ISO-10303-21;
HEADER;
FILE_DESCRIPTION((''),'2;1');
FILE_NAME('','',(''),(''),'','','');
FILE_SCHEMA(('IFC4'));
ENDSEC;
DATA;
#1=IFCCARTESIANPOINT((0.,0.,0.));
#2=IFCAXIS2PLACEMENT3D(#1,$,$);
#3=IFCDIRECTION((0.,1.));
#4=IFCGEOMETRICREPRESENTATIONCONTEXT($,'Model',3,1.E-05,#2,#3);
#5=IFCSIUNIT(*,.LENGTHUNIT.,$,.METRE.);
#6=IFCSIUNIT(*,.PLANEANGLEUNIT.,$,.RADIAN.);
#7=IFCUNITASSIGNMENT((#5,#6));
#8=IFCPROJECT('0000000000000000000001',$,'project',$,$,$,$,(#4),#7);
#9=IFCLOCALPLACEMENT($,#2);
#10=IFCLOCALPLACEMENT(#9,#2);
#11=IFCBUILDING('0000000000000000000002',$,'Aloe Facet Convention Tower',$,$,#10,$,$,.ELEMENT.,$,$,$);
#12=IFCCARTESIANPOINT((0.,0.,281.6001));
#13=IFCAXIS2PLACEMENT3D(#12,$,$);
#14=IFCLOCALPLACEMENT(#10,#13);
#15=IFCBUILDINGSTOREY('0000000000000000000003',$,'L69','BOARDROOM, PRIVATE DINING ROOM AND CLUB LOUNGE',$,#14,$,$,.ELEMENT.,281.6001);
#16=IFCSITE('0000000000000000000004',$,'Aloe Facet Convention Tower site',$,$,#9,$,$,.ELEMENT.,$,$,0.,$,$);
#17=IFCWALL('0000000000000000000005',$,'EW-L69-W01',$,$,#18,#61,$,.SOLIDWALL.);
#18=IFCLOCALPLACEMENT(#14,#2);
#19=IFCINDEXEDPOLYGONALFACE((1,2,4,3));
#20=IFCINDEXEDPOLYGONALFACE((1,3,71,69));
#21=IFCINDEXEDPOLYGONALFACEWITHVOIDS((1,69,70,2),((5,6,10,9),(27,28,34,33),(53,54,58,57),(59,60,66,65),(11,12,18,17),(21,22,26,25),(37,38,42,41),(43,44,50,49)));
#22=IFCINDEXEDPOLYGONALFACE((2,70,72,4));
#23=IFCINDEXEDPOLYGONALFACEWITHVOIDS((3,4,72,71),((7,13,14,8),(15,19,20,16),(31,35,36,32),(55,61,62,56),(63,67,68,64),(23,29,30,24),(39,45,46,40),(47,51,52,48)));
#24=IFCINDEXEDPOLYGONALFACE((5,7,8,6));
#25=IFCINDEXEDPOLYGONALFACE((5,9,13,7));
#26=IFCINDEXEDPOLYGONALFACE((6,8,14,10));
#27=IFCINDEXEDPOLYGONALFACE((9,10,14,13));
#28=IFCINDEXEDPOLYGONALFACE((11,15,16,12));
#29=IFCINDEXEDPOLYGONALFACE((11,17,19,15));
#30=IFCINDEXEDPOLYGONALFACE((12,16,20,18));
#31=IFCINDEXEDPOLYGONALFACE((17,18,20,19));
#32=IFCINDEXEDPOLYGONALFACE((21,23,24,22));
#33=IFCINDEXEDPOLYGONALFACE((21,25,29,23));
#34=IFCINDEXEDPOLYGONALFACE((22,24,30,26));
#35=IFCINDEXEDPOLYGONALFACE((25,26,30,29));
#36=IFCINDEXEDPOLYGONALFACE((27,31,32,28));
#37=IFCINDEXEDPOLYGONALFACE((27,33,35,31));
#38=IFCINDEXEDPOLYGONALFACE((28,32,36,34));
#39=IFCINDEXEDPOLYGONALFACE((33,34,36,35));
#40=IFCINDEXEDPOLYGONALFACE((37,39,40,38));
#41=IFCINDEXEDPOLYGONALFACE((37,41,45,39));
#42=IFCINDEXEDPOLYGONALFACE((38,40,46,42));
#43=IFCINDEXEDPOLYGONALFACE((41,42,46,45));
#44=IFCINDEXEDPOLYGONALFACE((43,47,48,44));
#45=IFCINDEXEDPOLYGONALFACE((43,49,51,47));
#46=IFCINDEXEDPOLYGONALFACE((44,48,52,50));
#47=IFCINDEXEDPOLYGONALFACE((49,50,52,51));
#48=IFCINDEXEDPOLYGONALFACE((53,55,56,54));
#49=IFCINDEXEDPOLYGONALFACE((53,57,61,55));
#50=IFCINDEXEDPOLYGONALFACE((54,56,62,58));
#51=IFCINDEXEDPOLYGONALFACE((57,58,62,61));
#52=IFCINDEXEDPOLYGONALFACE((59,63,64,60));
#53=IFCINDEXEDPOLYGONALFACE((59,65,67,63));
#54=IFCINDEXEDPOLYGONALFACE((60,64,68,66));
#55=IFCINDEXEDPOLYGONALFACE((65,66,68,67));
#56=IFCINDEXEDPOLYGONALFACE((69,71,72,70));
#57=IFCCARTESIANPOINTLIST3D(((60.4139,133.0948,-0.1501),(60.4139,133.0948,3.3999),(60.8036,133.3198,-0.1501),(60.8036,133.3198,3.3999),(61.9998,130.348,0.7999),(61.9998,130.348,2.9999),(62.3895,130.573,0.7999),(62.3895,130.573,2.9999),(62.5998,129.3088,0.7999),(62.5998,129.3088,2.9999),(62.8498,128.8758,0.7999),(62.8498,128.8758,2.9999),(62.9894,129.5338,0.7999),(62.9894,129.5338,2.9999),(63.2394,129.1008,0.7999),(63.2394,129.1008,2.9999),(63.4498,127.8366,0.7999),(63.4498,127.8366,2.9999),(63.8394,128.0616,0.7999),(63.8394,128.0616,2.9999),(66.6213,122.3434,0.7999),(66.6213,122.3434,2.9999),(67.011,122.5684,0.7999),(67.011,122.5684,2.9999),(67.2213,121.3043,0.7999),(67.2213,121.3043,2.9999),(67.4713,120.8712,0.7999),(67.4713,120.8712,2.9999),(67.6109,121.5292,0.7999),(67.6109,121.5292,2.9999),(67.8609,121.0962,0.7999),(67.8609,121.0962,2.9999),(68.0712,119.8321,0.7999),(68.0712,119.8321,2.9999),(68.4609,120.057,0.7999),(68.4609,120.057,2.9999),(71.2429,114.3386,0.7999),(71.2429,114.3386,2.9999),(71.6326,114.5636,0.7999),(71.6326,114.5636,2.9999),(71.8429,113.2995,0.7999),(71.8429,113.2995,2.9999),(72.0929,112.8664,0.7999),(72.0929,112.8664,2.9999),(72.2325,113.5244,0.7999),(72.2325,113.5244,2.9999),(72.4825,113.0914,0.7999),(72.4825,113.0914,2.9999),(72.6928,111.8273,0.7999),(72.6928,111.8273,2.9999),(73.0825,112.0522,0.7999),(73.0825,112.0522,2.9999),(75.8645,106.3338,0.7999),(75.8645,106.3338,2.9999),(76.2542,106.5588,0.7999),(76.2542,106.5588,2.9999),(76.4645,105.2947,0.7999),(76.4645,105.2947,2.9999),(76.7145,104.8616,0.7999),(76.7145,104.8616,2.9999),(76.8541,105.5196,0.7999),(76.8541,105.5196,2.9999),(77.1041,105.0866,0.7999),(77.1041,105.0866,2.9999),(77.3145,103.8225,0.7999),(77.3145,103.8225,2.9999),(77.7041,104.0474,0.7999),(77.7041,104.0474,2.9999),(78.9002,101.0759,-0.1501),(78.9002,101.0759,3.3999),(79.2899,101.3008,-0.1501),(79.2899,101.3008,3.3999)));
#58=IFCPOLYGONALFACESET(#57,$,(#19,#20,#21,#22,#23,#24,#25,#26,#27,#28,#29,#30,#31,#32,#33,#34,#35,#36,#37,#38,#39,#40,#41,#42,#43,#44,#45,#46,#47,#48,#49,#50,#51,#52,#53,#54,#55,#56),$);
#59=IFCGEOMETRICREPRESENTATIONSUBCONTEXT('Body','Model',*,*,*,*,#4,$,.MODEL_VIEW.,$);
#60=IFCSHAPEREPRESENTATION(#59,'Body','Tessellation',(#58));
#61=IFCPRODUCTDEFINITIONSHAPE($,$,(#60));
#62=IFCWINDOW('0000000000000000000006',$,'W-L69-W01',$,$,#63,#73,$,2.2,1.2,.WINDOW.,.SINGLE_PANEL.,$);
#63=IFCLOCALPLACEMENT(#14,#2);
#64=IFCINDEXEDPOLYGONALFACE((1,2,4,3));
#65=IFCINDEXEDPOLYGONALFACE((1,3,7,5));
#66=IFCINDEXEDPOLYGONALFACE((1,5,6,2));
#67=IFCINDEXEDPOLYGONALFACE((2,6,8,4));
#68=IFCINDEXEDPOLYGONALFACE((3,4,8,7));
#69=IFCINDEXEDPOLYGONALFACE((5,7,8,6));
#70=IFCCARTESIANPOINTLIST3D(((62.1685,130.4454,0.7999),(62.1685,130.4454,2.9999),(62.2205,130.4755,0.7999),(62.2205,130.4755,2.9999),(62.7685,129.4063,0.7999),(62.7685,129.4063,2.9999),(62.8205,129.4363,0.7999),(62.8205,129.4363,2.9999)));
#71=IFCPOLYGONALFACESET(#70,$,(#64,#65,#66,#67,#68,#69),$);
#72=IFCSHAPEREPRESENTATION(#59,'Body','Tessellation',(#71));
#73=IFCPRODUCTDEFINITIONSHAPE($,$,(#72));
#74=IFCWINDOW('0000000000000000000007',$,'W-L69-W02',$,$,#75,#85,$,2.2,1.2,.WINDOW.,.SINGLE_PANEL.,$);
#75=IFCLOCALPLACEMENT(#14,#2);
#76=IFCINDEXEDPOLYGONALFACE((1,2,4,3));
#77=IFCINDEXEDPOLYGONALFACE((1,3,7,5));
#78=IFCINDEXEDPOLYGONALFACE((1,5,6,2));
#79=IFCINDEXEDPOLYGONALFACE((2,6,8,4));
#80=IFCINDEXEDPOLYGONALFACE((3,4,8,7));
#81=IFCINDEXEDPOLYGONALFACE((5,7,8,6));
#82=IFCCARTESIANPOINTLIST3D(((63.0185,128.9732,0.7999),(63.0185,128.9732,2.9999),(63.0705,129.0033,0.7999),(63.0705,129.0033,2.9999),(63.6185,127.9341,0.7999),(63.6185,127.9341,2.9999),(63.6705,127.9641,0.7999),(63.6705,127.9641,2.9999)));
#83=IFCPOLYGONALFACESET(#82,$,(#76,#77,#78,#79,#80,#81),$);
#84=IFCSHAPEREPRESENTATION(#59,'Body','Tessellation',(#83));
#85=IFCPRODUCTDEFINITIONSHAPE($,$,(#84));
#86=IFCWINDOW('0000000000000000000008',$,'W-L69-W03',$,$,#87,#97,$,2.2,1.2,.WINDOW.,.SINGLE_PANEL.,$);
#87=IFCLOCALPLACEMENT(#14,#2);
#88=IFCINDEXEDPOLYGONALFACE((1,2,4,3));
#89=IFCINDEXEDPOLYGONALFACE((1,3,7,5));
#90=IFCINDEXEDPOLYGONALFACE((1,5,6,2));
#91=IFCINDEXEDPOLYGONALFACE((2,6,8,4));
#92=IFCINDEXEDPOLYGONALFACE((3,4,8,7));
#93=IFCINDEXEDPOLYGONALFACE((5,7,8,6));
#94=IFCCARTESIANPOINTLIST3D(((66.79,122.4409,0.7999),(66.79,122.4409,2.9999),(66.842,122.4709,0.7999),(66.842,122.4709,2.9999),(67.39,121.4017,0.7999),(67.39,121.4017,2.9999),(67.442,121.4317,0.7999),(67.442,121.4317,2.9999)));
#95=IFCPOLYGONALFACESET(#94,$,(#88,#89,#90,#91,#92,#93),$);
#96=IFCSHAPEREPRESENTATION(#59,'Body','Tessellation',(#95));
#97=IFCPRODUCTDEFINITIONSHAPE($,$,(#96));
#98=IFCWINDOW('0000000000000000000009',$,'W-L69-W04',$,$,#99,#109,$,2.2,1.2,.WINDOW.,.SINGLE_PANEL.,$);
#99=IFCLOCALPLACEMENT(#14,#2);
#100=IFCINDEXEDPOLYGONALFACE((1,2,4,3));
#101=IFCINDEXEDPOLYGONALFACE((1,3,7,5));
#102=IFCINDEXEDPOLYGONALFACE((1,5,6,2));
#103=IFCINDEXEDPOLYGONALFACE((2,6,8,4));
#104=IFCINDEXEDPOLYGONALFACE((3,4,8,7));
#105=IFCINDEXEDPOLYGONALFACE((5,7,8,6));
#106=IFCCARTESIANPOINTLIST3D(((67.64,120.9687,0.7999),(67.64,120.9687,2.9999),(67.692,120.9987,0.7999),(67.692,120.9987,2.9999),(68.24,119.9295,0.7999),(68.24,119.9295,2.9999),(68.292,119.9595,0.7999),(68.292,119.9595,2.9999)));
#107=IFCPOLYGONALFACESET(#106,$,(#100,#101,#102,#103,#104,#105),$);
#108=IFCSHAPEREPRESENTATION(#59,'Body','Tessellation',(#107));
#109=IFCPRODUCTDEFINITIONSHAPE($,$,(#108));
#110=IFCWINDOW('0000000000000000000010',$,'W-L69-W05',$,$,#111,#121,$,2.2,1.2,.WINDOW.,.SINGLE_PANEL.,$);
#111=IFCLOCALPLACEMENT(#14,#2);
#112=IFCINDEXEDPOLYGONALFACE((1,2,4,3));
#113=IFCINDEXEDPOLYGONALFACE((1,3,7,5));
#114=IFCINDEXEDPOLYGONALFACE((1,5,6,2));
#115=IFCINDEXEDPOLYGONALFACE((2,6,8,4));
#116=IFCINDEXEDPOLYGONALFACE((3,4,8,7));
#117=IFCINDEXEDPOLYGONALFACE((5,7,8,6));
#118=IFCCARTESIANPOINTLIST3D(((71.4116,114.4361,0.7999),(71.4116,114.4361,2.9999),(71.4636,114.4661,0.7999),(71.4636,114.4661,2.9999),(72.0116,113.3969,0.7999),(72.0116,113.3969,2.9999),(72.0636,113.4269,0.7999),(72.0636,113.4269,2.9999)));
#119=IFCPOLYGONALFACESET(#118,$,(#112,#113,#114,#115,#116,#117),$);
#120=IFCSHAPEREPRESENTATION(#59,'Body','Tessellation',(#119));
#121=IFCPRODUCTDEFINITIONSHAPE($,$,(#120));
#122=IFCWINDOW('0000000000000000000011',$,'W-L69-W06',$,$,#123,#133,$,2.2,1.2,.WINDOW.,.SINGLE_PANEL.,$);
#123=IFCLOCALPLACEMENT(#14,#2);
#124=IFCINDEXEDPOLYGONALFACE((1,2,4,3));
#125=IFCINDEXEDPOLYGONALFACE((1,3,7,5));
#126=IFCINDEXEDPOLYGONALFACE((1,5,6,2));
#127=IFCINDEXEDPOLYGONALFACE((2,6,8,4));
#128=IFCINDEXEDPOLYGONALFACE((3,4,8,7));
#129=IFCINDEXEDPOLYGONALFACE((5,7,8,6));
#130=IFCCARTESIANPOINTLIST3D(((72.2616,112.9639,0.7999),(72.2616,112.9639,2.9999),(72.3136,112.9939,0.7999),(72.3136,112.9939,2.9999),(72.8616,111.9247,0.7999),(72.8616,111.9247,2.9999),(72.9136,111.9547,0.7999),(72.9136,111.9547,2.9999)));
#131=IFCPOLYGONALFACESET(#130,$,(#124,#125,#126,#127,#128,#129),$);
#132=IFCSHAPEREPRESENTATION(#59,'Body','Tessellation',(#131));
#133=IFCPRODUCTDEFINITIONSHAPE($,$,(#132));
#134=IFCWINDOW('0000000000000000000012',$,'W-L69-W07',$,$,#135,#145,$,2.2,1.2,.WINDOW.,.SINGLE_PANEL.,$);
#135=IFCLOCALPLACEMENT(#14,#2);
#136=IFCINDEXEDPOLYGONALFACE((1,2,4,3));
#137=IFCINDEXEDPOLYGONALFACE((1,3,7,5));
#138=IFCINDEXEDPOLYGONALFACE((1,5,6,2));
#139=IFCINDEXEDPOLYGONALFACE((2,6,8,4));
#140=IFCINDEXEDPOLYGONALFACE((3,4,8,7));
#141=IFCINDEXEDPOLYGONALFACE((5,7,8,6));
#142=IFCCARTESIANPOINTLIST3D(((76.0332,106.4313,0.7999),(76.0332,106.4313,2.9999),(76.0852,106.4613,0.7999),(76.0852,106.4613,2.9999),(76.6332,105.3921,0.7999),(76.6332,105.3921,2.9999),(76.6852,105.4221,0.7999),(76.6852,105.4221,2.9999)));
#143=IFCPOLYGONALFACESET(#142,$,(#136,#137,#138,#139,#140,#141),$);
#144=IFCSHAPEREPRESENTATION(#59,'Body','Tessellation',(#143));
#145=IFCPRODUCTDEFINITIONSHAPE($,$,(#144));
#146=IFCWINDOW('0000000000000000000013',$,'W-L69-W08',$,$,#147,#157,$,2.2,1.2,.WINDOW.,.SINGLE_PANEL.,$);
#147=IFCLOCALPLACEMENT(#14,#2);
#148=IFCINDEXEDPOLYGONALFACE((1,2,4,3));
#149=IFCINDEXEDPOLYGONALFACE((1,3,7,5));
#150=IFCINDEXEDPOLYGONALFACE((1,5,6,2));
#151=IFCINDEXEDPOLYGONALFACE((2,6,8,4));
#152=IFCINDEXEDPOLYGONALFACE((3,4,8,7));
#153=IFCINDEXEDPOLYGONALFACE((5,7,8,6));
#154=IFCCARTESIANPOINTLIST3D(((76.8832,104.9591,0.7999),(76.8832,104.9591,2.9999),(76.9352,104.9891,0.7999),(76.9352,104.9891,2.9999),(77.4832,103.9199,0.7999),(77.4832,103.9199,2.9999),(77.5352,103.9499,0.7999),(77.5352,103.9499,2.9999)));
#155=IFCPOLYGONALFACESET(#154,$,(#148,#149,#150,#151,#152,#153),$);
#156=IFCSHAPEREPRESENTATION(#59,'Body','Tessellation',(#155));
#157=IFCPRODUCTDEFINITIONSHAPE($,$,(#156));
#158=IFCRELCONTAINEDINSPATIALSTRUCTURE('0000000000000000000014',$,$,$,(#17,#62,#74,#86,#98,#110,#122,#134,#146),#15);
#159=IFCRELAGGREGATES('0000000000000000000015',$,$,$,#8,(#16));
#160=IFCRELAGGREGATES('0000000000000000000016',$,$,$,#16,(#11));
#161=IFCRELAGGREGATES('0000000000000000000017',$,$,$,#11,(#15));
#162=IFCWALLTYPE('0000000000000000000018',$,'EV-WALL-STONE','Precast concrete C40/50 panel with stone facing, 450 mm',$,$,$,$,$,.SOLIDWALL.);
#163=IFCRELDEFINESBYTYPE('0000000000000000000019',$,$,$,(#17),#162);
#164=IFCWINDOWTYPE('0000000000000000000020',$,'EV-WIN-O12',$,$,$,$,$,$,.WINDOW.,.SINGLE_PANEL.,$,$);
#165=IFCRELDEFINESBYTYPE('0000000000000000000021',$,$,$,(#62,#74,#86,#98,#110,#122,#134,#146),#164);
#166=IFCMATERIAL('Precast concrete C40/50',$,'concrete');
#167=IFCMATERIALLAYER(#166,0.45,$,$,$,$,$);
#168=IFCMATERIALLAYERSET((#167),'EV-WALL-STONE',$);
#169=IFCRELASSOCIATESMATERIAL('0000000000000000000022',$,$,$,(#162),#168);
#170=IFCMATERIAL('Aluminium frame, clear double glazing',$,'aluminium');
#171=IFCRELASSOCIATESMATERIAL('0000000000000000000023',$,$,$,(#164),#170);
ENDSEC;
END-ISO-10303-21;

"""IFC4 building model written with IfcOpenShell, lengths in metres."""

from ifc_helpers import new_model, si_unit, direction, frame, frame_2d, origin, place, context, subcontext, project, spatial, polyline, rectangle, outline, extrude, material, layer, layer_set, type_object, element, fill, save


model = new_model("IFC4")

# Units and contexts
model_context = context("Model", 3, precision=1e-05, world=origin(), true_north=direction((0.0, 1.0)))
body_context = subcontext(model_context, "Body", "Model", "MODEL_VIEW")
ifc_project = project(units=[si_unit("LENGTHUNIT", "METRE"), si_unit("PLANEANGLEUNIT", "RADIAN")], contexts=[model_context])

# Site, building, storey
site_placement = place(None, origin())
site = spatial("IfcSite", under=ifc_project, at=site_placement, Name="Aloe Facet Convention Tower site", CompositionType="ELEMENT", RefElevation=0.0)
building_placement = place(site_placement, origin())
building = spatial("IfcBuilding", under=site, at=building_placement, Name="Aloe Facet Convention Tower", CompositionType="ELEMENT")
storey_placement = place(building_placement, frame((0.0, 0.0, 281.6001)))
storey = spatial("IfcBuildingStorey", under=building, at=storey_placement, Name="L69", Description="BOARDROOM, PRIVATE DINING ROOM AND CLUB LOUNGE", CompositionType="ELEMENT", Elevation=281.6001)

# Wall, openings, windows
ifc_material_1 = material(Name="Precast concrete C40/50", Category="concrete")
ifc_layer_1 = layer(ifc_material_1, 0.45)
ifc_layer_set_1 = layer_set([ifc_layer_1], Name="EV-WALL-STONE")
wall_type_1 = type_object("IfcWallType", Name="EV-WALL-STONE", Description="Precast concrete C40/50 panel with stone facing, 450 mm", PredefinedType="SOLIDWALL", material=ifc_layer_set_1)
wall_1_placement = place(storey_placement, frame((60.6086, 133.2073, -0.1501), z_axis=(0.0, 0.0, 1.0), x_axis=(0.500003, -0.866024, 0.0)))
wall_1 = element("IfcWall", 1, at=wall_1_placement, inside=storey, type_object=wall_type_1, Name="EW-L69-W01", PredefinedType="SOLIDWALL", context=body_context, shape_type="SweptSolid", body=[
    extrude(outline(polyline([(36.9724, 0.0), (36.9724, 3.55), (0.0, 3.55), (0.0, 0.0), (36.9724, 0.0)])), frame((0.0, 0.2251, 0.0), z_axis=(0.0, -1.0, 0.0), x_axis=(1.0, 0.0, 0.0)), (0.0, 0.0, 1.0), 0.45),
])
opening_1_placement = place(wall_1_placement, frame((3.1716, 0.0, 0.95)))
opening_1 = element("IfcOpeningElement", 2, at=opening_1_placement, cuts=wall_1, PredefinedType="OPENING", context=body_context, shape_type="SweptSolid", body=[
    extrude(rectangle(XDim=1.2, YDim=2.2, at=frame_2d((0.6001, 1.1001))), frame((0.0, 0.2349, 0.0), z_axis=(0.0, -1.0, 0.0), x_axis=(1.0, 0.0, 0.0)), (0.0, 0.0, 1.0), 0.47),
])
opening_2_placement = place(wall_1_placement, frame((4.8716, 0.0, 0.95)))
opening_2 = element("IfcOpeningElement", 3, at=opening_2_placement, cuts=wall_1, PredefinedType="OPENING", context=body_context, shape_type="SweptSolid", body=[
    extrude(rectangle(XDim=1.2, YDim=2.2, at=frame_2d((0.6001, 1.1001))), frame((0.0, 0.2349, 0.0), z_axis=(0.0, -1.0, 0.0), x_axis=(1.0, 0.0, 0.0)), (0.0, 0.0, 1.0), 0.47),
])
opening_3_placement = place(wall_1_placement, frame((12.4146, 0.0, 0.95)))
opening_3 = element("IfcOpeningElement", 4, at=opening_3_placement, cuts=wall_1, PredefinedType="OPENING", context=body_context, shape_type="SweptSolid", body=[
    extrude(rectangle(XDim=1.2, YDim=2.2, at=frame_2d((0.6001, 1.1001))), frame((0.0, 0.2349, 0.0), z_axis=(0.0, -1.0, 0.0), x_axis=(1.0, 0.0, 0.0)), (0.0, 0.0, 1.0), 0.47),
])
opening_4_placement = place(wall_1_placement, frame((14.1145, 0.0, 0.95)))
opening_4 = element("IfcOpeningElement", 5, at=opening_4_placement, cuts=wall_1, PredefinedType="OPENING", context=body_context, shape_type="SweptSolid", body=[
    extrude(rectangle(XDim=1.2, YDim=2.2, at=frame_2d((0.6001, 1.1001))), frame((0.0, 0.2349, 0.0), z_axis=(0.0, -1.0, 0.0), x_axis=(1.0, 0.0, 0.0)), (0.0, 0.0, 1.0), 0.47),
])
opening_5_placement = place(wall_1_placement, frame((21.6577, 0.0, 0.95)))
opening_5 = element("IfcOpeningElement", 6, at=opening_5_placement, cuts=wall_1, PredefinedType="OPENING", context=body_context, shape_type="SweptSolid", body=[
    extrude(rectangle(XDim=1.2, YDim=2.2, at=frame_2d((0.6001, 1.1001))), frame((0.0, 0.2349, 0.0), z_axis=(0.0, -1.0, 0.0), x_axis=(1.0, 0.0, 0.0)), (0.0, 0.0, 1.0), 0.47),
])
opening_6_placement = place(wall_1_placement, frame((23.3577, 0.0, 0.95)))
opening_6 = element("IfcOpeningElement", 7, at=opening_6_placement, cuts=wall_1, PredefinedType="OPENING", context=body_context, shape_type="SweptSolid", body=[
    extrude(rectangle(XDim=1.2, YDim=2.2, at=frame_2d((0.6001, 1.1001))), frame((0.0, 0.2349, 0.0), z_axis=(0.0, -1.0, 0.0), x_axis=(1.0, 0.0, 0.0)), (0.0, 0.0, 1.0), 0.47),
])
opening_7_placement = place(wall_1_placement, frame((30.9009, 0.0, 0.95)))
opening_7 = element("IfcOpeningElement", 8, at=opening_7_placement, cuts=wall_1, PredefinedType="OPENING", context=body_context, shape_type="SweptSolid", body=[
    extrude(rectangle(XDim=1.2, YDim=2.2, at=frame_2d((0.6001, 1.1001))), frame((0.0, 0.2349, 0.0), z_axis=(0.0, -1.0, 0.0), x_axis=(1.0, 0.0, 0.0)), (0.0, 0.0, 1.0), 0.47),
])
opening_8_placement = place(wall_1_placement, frame((32.6008, 0.0, 0.95)))
opening_8 = element("IfcOpeningElement", 9, at=opening_8_placement, cuts=wall_1, PredefinedType="OPENING", context=body_context, shape_type="SweptSolid", body=[
    extrude(rectangle(XDim=1.2, YDim=2.2, at=frame_2d((0.6001, 1.1001))), frame((0.0, 0.2349, 0.0), z_axis=(0.0, -1.0, 0.0), x_axis=(1.0, 0.0, 0.0)), (0.0, 0.0, 1.0), 0.47),
])
ifc_material_2 = material(Name="Aluminium frame, clear double glazing", Category="aluminium")
window_type = type_object("IfcWindowType", Name="EV-WIN-O12", PartitioningType="SINGLE_PANEL", PredefinedType="WINDOW", material=ifc_material_2)
window_1_placement = place(opening_1_placement, origin())
window_1 = element("IfcWindow", 10, at=window_1_placement, inside=storey, type_object=window_type, Name="W-L69-W01", OverallHeight=2.2, OverallWidth=1.2, PartitioningType="SINGLE_PANEL", PredefinedType="WINDOW", context=body_context, shape_type="SweptSolid", body=[
    extrude(rectangle(XDim=1.2, YDim=2.2, at=frame_2d((0.6001, 1.1001))), frame((0.0, 0.03, 0.0), z_axis=(0.0, -1.0, 0.0), x_axis=(1.0, 0.0, 0.0)), (0.0, 0.0, 1.0), 0.0601),
])
fill(opening_1, window_1)
window_2_placement = place(opening_2_placement, origin())
window_2 = element("IfcWindow", 11, at=window_2_placement, inside=storey, type_object=window_type, Name="W-L69-W02", OverallHeight=2.2, OverallWidth=1.2, PartitioningType="SINGLE_PANEL", PredefinedType="WINDOW", context=body_context, shape_type="SweptSolid", body=[
    extrude(rectangle(XDim=1.2, YDim=2.2, at=frame_2d((0.6001, 1.1001))), frame((0.0, 0.03, 0.0), z_axis=(0.0, -1.0, 0.0), x_axis=(1.0, 0.0, 0.0)), (0.0, 0.0, 1.0), 0.0601),
])
fill(opening_2, window_2)
window_3_placement = place(opening_3_placement, origin())
window_3 = element("IfcWindow", 12, at=window_3_placement, inside=storey, type_object=window_type, Name="W-L69-W03", OverallHeight=2.2, OverallWidth=1.2, PartitioningType="SINGLE_PANEL", PredefinedType="WINDOW", context=body_context, shape_type="SweptSolid", body=[
    extrude(rectangle(XDim=1.2, YDim=2.2, at=frame_2d((0.6001, 1.1001))), frame((0.0, 0.03, 0.0), z_axis=(0.0, -1.0, 0.0), x_axis=(1.0, 0.0, 0.0)), (0.0, 0.0, 1.0), 0.0601),
])
fill(opening_3, window_3)
window_4_placement = place(opening_4_placement, origin())
window_4 = element("IfcWindow", 13, at=window_4_placement, inside=storey, type_object=window_type, Name="W-L69-W04", OverallHeight=2.2, OverallWidth=1.2, PartitioningType="SINGLE_PANEL", PredefinedType="WINDOW", context=body_context, shape_type="SweptSolid", body=[
    extrude(rectangle(XDim=1.2, YDim=2.2, at=frame_2d((0.6001, 1.1001))), frame((0.0, 0.03, 0.0), z_axis=(0.0, -1.0, 0.0), x_axis=(1.0, 0.0, 0.0)), (0.0, 0.0, 1.0), 0.0601),
])
fill(opening_4, window_4)
window_5_placement = place(opening_5_placement, origin())
window_5 = element("IfcWindow", 14, at=window_5_placement, inside=storey, type_object=window_type, Name="W-L69-W05", OverallHeight=2.2, OverallWidth=1.2, PartitioningType="SINGLE_PANEL", PredefinedType="WINDOW", context=body_context, shape_type="SweptSolid", body=[
    extrude(rectangle(XDim=1.2, YDim=2.2, at=frame_2d((0.6001, 1.1001))), frame((0.0, 0.03, 0.0), z_axis=(0.0, -1.0, 0.0), x_axis=(1.0, 0.0, 0.0)), (0.0, 0.0, 1.0), 0.0601),
])
fill(opening_5, window_5)
window_6_placement = place(opening_6_placement, origin())
window_6 = element("IfcWindow", 15, at=window_6_placement, inside=storey, type_object=window_type, Name="W-L69-W06", OverallHeight=2.2, OverallWidth=1.2, PartitioningType="SINGLE_PANEL", PredefinedType="WINDOW", context=body_context, shape_type="SweptSolid", body=[
    extrude(rectangle(XDim=1.2, YDim=2.2, at=frame_2d((0.6001, 1.1001))), frame((0.0, 0.03, 0.0), z_axis=(0.0, -1.0, 0.0), x_axis=(1.0, 0.0, 0.0)), (0.0, 0.0, 1.0), 0.0601),
])
fill(opening_6, window_6)
window_7_placement = place(opening_7_placement, origin())
window_7 = element("IfcWindow", 16, at=window_7_placement, inside=storey, type_object=window_type, Name="W-L69-W07", OverallHeight=2.2, OverallWidth=1.2, PartitioningType="SINGLE_PANEL", PredefinedType="WINDOW", context=body_context, shape_type="SweptSolid", body=[
    extrude(rectangle(XDim=1.2, YDim=2.2, at=frame_2d((0.6001, 1.1001))), frame((0.0, 0.03, 0.0), z_axis=(0.0, -1.0, 0.0), x_axis=(1.0, 0.0, 0.0)), (0.0, 0.0, 1.0), 0.0601),
])
fill(opening_7, window_7)
window_8_placement = place(opening_8_placement, origin())
window_8 = element("IfcWindow", 17, at=window_8_placement, inside=storey, type_object=window_type, Name="W-L69-W08", OverallHeight=2.2, OverallWidth=1.2, PartitioningType="SINGLE_PANEL", PredefinedType="WINDOW", context=body_context, shape_type="SweptSolid", body=[
    extrude(rectangle(XDim=1.2, YDim=2.2, at=frame_2d((0.6001, 1.1001))), frame((0.0, 0.03, 0.0), z_axis=(0.0, -1.0, 0.0), x_axis=(1.0, 0.0, 0.0)), (0.0, 0.0, 1.0), 0.0601),
])
fill(opening_8, window_8)

save(model, "model.ifc")
